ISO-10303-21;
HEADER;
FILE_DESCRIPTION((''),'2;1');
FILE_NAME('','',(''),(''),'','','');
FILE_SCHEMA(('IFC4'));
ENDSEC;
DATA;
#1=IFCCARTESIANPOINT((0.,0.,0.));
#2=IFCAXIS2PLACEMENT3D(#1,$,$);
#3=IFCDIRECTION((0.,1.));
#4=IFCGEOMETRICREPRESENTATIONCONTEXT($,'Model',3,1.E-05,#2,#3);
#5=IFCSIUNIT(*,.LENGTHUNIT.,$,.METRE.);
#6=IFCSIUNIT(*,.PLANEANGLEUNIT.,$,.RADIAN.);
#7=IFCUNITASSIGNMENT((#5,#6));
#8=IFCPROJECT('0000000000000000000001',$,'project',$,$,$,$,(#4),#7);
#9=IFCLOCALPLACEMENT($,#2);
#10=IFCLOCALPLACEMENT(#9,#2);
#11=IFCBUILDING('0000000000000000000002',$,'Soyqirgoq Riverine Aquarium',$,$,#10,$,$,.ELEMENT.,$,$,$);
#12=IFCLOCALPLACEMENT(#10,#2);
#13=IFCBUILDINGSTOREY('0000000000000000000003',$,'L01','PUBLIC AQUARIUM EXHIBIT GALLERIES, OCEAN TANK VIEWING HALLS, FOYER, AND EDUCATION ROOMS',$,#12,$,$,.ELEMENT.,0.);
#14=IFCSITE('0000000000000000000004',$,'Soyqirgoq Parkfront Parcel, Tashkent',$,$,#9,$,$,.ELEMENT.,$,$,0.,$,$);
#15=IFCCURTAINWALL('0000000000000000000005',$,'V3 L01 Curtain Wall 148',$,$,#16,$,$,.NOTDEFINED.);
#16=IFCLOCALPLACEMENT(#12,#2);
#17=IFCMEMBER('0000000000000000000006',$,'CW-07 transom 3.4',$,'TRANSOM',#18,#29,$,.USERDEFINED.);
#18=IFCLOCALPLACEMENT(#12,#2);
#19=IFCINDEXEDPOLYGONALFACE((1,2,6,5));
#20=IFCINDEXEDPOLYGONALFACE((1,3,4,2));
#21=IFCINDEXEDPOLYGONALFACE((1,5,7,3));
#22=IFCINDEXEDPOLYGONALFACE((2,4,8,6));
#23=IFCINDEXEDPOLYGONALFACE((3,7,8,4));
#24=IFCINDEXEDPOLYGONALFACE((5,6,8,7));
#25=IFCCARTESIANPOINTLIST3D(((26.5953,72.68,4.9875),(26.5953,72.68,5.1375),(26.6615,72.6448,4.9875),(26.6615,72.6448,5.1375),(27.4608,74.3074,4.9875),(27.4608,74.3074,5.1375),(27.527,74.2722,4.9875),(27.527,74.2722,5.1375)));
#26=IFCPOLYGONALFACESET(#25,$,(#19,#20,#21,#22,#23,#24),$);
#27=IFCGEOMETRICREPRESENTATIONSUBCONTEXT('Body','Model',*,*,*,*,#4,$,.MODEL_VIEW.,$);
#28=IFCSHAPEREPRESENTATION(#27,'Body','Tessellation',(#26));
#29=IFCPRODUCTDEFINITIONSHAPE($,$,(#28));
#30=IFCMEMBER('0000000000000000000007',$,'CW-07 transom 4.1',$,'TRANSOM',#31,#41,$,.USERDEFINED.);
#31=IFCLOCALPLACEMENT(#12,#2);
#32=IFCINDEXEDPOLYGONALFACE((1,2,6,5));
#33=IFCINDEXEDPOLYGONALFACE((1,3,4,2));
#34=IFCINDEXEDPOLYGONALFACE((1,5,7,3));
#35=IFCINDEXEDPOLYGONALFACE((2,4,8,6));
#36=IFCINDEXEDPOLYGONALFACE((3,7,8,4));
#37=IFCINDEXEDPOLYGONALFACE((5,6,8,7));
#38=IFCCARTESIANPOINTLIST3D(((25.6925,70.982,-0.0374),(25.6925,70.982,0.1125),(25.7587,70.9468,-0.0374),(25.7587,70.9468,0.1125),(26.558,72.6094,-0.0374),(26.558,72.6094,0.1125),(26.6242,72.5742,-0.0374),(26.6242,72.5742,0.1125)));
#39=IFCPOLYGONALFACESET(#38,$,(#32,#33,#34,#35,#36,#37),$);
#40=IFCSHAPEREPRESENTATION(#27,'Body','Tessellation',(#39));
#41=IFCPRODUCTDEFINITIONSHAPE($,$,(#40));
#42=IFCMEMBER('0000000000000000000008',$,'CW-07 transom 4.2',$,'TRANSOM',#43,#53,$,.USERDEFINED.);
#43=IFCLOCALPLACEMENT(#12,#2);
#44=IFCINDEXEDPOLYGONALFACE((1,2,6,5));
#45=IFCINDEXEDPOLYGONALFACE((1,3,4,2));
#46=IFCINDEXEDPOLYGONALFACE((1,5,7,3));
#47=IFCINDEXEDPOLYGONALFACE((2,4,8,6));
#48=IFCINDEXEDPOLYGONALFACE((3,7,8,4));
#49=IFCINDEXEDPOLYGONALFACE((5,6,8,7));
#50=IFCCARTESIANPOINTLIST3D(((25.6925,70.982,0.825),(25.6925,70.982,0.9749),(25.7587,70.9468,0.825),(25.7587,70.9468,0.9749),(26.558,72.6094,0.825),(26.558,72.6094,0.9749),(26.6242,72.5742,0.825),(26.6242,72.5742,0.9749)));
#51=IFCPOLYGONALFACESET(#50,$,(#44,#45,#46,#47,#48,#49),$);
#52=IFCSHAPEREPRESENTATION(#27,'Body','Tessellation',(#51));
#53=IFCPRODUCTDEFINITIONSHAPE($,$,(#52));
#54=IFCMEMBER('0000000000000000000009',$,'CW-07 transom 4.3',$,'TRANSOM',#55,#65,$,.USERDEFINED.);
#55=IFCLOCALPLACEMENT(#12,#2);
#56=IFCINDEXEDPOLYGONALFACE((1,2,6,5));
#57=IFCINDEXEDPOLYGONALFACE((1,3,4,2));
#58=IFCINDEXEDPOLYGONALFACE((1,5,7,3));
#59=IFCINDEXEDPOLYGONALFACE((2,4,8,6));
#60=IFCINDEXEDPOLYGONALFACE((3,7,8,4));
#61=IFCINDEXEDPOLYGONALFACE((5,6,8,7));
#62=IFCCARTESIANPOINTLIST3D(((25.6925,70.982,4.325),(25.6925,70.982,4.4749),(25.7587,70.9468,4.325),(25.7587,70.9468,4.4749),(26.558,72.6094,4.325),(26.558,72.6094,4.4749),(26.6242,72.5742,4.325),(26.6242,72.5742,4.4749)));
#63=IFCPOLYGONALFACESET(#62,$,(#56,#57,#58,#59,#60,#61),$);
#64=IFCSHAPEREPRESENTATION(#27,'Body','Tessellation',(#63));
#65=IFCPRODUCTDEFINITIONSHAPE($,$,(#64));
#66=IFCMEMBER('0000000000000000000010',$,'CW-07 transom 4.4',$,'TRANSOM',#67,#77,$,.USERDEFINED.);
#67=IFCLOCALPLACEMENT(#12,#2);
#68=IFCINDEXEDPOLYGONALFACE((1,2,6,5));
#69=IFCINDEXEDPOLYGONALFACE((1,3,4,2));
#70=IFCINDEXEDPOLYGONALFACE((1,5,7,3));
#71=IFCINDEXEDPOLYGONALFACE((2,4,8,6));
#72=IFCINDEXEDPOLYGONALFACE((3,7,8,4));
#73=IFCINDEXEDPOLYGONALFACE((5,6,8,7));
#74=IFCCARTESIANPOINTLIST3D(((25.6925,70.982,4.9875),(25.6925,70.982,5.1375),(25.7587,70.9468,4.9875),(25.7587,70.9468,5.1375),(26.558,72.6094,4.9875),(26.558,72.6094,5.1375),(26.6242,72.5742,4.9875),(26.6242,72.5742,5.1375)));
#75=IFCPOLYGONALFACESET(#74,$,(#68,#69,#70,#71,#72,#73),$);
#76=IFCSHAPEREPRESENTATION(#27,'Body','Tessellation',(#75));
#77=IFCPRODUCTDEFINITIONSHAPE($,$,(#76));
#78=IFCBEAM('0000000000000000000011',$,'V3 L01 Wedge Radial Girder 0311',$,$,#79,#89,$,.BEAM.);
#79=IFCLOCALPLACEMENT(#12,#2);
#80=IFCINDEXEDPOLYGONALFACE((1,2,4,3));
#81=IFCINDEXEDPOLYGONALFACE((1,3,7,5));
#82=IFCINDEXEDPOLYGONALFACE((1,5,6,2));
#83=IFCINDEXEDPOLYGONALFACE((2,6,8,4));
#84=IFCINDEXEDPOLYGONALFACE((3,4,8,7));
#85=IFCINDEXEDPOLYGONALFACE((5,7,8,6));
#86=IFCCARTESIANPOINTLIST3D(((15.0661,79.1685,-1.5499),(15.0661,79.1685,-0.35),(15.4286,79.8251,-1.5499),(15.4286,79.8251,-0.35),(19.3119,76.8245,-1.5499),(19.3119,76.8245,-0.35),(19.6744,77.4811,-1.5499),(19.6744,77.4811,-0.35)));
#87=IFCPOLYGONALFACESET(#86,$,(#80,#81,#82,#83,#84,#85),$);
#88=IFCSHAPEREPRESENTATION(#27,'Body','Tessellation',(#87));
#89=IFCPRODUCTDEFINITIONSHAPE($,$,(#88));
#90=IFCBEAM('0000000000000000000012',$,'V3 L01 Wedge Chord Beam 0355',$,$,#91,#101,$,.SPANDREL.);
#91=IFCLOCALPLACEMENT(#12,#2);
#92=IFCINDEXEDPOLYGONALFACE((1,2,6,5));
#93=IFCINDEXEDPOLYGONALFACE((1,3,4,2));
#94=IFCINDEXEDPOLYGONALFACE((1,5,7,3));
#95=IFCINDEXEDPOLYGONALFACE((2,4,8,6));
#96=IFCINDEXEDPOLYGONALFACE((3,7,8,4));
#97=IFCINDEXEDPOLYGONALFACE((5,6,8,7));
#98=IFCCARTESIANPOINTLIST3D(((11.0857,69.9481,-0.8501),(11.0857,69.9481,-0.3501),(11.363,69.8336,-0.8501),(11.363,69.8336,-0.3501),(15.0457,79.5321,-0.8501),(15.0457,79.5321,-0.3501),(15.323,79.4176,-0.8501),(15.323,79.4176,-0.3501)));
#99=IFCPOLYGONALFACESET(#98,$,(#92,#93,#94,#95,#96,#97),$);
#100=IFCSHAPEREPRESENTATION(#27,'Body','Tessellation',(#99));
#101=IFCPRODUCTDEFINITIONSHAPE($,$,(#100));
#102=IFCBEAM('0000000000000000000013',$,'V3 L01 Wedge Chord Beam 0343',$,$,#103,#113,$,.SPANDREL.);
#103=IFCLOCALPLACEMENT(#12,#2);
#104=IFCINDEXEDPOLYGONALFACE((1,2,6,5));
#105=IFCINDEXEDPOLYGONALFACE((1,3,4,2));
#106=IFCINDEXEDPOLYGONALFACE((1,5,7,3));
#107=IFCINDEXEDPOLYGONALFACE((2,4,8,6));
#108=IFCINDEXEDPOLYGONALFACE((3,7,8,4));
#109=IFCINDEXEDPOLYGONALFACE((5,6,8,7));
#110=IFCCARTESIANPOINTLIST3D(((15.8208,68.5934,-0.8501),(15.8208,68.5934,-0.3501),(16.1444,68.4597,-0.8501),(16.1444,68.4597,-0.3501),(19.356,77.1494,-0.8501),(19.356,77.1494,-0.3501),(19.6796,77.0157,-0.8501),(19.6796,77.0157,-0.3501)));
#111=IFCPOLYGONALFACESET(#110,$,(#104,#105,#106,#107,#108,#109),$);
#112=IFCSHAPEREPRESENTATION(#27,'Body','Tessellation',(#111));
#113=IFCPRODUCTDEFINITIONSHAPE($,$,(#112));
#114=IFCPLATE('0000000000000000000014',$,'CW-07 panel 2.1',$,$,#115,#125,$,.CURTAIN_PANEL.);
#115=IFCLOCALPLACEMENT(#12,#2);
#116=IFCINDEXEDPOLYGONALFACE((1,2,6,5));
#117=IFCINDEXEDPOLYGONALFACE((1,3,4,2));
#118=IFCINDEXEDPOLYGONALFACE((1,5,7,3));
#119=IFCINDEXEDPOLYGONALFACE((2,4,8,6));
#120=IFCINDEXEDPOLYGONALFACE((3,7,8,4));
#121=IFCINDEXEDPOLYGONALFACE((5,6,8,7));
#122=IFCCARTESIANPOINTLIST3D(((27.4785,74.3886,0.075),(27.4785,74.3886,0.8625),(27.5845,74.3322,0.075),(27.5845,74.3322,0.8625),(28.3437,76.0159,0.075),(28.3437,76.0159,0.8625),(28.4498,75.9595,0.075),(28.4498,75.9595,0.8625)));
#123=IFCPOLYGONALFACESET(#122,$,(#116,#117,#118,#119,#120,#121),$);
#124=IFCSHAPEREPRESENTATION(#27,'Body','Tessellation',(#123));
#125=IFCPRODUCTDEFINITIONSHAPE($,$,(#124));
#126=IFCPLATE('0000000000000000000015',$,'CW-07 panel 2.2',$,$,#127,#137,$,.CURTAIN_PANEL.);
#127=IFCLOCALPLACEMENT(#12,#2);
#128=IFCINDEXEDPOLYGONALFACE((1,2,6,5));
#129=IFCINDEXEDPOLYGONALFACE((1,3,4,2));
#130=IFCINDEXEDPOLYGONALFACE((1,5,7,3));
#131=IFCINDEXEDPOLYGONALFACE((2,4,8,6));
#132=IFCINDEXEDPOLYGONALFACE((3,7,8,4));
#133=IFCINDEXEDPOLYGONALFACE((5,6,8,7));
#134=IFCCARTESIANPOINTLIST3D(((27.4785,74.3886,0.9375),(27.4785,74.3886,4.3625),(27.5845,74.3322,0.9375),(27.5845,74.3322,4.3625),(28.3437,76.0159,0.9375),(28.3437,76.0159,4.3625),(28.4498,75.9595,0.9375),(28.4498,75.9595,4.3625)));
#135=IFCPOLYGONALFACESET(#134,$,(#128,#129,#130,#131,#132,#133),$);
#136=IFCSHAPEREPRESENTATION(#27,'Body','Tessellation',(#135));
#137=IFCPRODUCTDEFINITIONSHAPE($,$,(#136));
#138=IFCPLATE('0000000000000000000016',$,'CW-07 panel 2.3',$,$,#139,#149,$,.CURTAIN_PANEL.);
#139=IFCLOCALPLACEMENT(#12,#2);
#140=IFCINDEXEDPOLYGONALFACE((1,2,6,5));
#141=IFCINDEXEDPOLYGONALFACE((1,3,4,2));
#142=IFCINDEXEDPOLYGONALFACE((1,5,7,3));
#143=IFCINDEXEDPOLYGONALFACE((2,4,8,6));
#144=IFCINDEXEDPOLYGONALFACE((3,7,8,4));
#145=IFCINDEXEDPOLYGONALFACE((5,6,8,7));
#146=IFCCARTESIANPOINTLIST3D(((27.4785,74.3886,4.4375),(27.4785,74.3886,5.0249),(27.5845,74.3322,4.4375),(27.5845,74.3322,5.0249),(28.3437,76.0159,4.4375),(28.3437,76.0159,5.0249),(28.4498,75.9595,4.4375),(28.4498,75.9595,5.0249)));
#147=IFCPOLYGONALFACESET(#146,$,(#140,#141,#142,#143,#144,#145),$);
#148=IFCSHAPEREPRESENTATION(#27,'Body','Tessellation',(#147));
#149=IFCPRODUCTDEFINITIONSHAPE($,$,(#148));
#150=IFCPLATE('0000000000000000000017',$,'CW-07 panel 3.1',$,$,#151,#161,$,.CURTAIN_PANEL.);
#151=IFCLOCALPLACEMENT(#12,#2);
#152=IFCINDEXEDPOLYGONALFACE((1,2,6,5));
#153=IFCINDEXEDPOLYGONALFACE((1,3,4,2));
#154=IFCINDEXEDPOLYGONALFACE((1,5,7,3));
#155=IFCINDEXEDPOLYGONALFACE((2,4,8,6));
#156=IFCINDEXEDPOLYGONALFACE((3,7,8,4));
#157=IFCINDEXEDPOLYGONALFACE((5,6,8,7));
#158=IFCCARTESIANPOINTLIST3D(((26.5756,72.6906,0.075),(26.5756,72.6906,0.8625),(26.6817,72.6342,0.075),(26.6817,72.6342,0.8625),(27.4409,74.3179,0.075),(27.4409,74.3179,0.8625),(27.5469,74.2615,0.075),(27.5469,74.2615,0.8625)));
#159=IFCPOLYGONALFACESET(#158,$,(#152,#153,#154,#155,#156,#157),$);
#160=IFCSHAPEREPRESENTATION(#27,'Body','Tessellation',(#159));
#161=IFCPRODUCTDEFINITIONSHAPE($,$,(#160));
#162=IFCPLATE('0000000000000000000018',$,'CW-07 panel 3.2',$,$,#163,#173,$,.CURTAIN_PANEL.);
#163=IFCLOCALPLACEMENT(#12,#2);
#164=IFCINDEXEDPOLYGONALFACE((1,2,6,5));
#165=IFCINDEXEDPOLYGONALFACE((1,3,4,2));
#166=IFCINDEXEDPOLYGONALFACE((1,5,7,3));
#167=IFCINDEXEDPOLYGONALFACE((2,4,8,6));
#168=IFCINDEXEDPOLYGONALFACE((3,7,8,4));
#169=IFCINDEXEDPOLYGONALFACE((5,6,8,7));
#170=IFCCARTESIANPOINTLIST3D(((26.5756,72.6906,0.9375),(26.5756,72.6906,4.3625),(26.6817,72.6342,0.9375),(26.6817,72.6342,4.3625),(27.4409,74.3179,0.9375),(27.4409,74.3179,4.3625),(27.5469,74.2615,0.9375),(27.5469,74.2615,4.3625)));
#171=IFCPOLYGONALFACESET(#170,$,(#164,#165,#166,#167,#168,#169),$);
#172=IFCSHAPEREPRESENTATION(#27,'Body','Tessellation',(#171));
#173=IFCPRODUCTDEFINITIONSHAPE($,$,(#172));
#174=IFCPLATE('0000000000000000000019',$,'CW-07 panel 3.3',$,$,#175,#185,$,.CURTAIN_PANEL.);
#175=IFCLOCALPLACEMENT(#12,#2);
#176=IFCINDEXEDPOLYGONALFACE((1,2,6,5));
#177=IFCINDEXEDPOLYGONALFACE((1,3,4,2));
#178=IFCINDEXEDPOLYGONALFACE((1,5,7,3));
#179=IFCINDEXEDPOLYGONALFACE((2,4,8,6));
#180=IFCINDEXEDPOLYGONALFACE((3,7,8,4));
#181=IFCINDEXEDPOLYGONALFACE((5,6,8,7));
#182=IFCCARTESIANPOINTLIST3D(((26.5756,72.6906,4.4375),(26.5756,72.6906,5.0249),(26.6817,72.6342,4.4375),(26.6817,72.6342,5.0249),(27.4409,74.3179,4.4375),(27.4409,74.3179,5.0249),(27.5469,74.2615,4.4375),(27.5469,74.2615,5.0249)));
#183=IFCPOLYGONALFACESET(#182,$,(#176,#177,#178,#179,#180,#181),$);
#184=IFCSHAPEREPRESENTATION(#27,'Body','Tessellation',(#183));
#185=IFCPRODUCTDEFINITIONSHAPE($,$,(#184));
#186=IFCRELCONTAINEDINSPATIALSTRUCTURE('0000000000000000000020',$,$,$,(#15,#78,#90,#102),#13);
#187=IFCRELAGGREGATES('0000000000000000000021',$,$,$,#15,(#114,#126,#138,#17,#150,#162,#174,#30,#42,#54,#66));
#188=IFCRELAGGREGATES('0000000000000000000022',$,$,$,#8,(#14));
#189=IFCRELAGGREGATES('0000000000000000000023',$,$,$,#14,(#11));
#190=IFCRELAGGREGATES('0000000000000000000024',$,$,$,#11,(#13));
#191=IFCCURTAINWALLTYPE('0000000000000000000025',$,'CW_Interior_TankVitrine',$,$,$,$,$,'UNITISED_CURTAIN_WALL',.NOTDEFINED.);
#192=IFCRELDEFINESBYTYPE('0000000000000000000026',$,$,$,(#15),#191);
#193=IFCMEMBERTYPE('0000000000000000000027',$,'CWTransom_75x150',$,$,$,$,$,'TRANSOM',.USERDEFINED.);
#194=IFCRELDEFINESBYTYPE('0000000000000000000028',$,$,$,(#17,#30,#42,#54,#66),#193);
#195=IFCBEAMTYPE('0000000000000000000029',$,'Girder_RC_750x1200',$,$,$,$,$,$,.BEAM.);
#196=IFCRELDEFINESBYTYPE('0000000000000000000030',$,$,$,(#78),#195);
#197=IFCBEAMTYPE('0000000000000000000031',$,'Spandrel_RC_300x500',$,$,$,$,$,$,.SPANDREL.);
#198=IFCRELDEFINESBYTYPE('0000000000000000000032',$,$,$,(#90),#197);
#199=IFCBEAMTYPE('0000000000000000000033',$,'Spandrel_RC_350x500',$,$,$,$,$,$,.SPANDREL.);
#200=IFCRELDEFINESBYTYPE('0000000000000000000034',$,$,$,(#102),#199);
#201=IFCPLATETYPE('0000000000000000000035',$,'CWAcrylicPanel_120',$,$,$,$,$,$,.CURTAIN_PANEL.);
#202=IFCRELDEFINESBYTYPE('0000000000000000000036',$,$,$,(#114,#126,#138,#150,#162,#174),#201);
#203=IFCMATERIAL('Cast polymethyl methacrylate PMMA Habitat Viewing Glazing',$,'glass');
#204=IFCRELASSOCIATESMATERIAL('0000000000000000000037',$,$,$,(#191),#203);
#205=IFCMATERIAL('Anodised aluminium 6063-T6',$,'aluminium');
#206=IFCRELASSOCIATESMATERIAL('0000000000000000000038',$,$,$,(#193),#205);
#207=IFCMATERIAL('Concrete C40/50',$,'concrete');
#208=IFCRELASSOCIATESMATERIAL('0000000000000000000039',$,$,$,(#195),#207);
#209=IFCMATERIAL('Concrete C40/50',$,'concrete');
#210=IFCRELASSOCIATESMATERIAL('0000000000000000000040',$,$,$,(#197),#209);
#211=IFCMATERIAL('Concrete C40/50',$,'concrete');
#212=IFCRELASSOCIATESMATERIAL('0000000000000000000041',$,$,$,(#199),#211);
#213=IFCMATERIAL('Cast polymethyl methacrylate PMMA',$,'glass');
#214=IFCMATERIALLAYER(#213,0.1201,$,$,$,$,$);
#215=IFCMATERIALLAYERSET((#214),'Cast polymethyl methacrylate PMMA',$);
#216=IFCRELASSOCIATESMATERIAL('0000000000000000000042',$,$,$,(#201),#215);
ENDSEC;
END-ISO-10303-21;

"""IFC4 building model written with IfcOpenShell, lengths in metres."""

from ifc_helpers import new_model, si_unit, direction, frame, origin, origin_2d, place, context, subcontext, project, spatial, rectangle, extrude, material, layer, layer_set, material_profile, profile_set, type_object, element, aggregate, save


model = new_model("IFC4")

# Units and contexts
model_context = context("Model", 3, precision=1e-05, world=origin(), true_north=direction((0.0, 1.0)))
body_context = subcontext(model_context, "Body", "Model", "MODEL_VIEW")
ifc_project = project(units=[si_unit("LENGTHUNIT", "METRE"), si_unit("PLANEANGLEUNIT", "RADIAN")], contexts=[model_context])

# Site, building, storey
site_placement = place(None, origin())
site = spatial("IfcSite", under=ifc_project, at=site_placement, Name="Soyqirgoq Parkfront Parcel, Tashkent", CompositionType="ELEMENT", RefElevation=0.0)
building_placement = place(site_placement, origin())
building = spatial("IfcBuilding", under=site, at=building_placement, Name="Soyqirgoq Riverine Aquarium", CompositionType="ELEMENT")
storey_placement = place(building_placement, origin())
storey = spatial("IfcBuildingStorey", under=building, at=storey_placement, Name="L01", Description="PUBLIC AQUARIUM EXHIBIT GALLERIES, OCEAN TANK VIEWING HALLS, FOYER, AND EDUCATION ROOMS", CompositionType="ELEMENT", Elevation=0.0)

# Curtain wall, members
ifc_material_1 = material(Name="Cast polymethyl methacrylate PMMA Habitat Viewing Glazing", Category="glass")
curtain_wall_type = type_object("IfcCurtainWallType", Name="CW_Interior_TankVitrine", ElementType="UNITISED_CURTAIN_WALL", PredefinedType="NOTDEFINED", material=ifc_material_1)
curtain_wall_placement = place(storey_placement, origin())
curtain_wall = element("IfcCurtainWall", 1, at=curtain_wall_placement, inside=storey, type_object=curtain_wall_type, Name="V3 L01 Curtain Wall 148", PredefinedType="NOTDEFINED")
ifc_material_2 = material(Name="Anodised aluminium 6063-T6", Category="aluminium")
ifc_material_profile_1 = material_profile(ifc_material_2, rectangle(XDim=0.075, YDim=0.1499, at=origin_2d()), Name="ALU-T 75x150")
ifc_profile_set_1 = profile_set([ifc_material_profile_1], Name="Anodised aluminium 6063-T6")
member_type_1 = type_object("IfcMemberType", Name="CWTransom_75x150", ElementType="TRANSOM", PredefinedType="USERDEFINED", material=ifc_profile_set_1)
member_1_placement = place(storey_placement, frame((27.4939, 74.2898, 5.0625), z_axis=(-0.469536, -0.882913, 0.0), x_axis=(0.882913, -0.469536, 0.0)))
member_1 = element("IfcMember", 2, at=member_1_placement, type_object=member_type_1, Name="CW-07 transom 3.4", ObjectType="TRANSOM", PredefinedType="USERDEFINED", context=body_context, shape_type="SweptSolid", body=[
    extrude(rectangle(XDim=0.075, YDim=0.1499, at=origin_2d()), origin(), (0.0, 0.0, 1.0), 1.8433),
])
member_2_placement = place(storey_placement, frame((26.5911, 72.5918, 0.0376), z_axis=(-0.469536, -0.882913, 0.0), x_axis=(0.882913, -0.469536, 0.0)))
member_2 = element("IfcMember", 3, at=member_2_placement, type_object=member_type_1, Name="CW-07 transom 4.1", ObjectType="TRANSOM", PredefinedType="USERDEFINED", context=body_context, shape_type="SweptSolid", body=[
    extrude(rectangle(XDim=0.075, YDim=0.1499, at=origin_2d()), origin(), (0.0, 0.0, 1.0), 1.8433),
])
member_3_placement = place(storey_placement, frame((26.5911, 72.5918, 0.8999), z_axis=(-0.469536, -0.882913, 0.0), x_axis=(0.882913, -0.469536, 0.0)))
member_3 = element("IfcMember", 4, at=member_3_placement, type_object=member_type_1, Name="CW-07 transom 4.2", ObjectType="TRANSOM", PredefinedType="USERDEFINED", context=body_context, shape_type="SweptSolid", body=[
    extrude(rectangle(XDim=0.075, YDim=0.1499, at=origin_2d()), origin(), (0.0, 0.0, 1.0), 1.8433),
])
member_4_placement = place(storey_placement, frame((26.5911, 72.5918, 4.3999), z_axis=(-0.469536, -0.882913, 0.0), x_axis=(0.882913, -0.469536, 0.0)))
member_4 = element("IfcMember", 5, at=member_4_placement, type_object=member_type_1, Name="CW-07 transom 4.3", ObjectType="TRANSOM", PredefinedType="USERDEFINED", context=body_context, shape_type="SweptSolid", body=[
    extrude(rectangle(XDim=0.075, YDim=0.1499, at=origin_2d()), origin(), (0.0, 0.0, 1.0), 1.8433),
])
member_5_placement = place(storey_placement, frame((26.5911, 72.5918, 5.0625), z_axis=(-0.469536, -0.882913, 0.0), x_axis=(0.882913, -0.469536, 0.0)))
member_5 = element("IfcMember", 6, at=member_5_placement, type_object=member_type_1, Name="CW-07 transom 4.4", ObjectType="TRANSOM", PredefinedType="USERDEFINED", context=body_context, shape_type="SweptSolid", body=[
    extrude(rectangle(XDim=0.075, YDim=0.1499, at=origin_2d()), origin(), (0.0, 0.0, 1.0), 1.8433),
])

# Beams
ifc_material_3 = material(Name="Concrete C40/50", Category="concrete")
ifc_material_profile_2 = material_profile(ifc_material_3, rectangle(XDim=0.75, YDim=1.2, at=origin_2d()), Name="RC 750x1200")
ifc_profile_set_2 = profile_set([ifc_material_profile_2], Name="Concrete C40/50")
beam_type_1 = type_object("IfcBeamType", Name="Girder_RC_750x1200", PredefinedType="BEAM", material=ifc_profile_set_2)
beam_1_placement = place(storey_placement, frame((19.4932, 77.1528, -0.95), z_axis=(-0.875451, 0.483308, 0.0), x_axis=(-0.483308, -0.875451, 0.0)))
element("IfcBeam", 7, at=beam_1_placement, inside=storey, type_object=beam_type_1, Name="V3 L01 Wedge Radial Girder 0311", PredefinedType="BEAM", context=body_context, shape_type="SweptSolid", body=[
    extrude(rectangle(XDim=0.75, YDim=1.2, at=origin_2d()), origin(), (0.0, 0.0, 1.0), 4.8499),
])
ifc_material_4 = material(Name="Concrete C40/50", Category="concrete")
ifc_material_profile_3 = material_profile(ifc_material_4, rectangle(XDim=0.3, YDim=0.5, at=origin_2d()), Name="RC 300x500")
ifc_profile_set_3 = profile_set([ifc_material_profile_3], Name="Concrete C40/50")
beam_type_2 = type_object("IfcBeamType", Name="Spandrel_RC_300x500", PredefinedType="SPANDREL", material=ifc_profile_set_3)
beam_2_placement = place(storey_placement, frame((15.1843, 79.4749, -0.6001), z_axis=(-0.381872, -0.924215, 0.0), x_axis=(0.924215, -0.381872, 0.0)))
element("IfcBeam", 8, at=beam_2_placement, inside=storey, type_object=beam_type_2, Name="V3 L01 Wedge Chord Beam 0355", PredefinedType="SPANDREL", context=body_context, shape_type="SweptSolid", body=[
    extrude(rectangle(XDim=0.3, YDim=0.5, at=origin_2d()), origin(), (0.0, 0.0, 1.0), 10.3699),
])
ifc_material_5 = material(Name="Concrete C40/50", Category="concrete")
ifc_material_profile_4 = material_profile(ifc_material_5, rectangle(XDim=0.3501, YDim=0.5, at=origin_2d()), Name="RC 350x500")
ifc_profile_set_4 = profile_set([ifc_material_profile_4], Name="Concrete C40/50")
beam_type_3 = type_object("IfcBeamType", Name="Spandrel_RC_350x500", PredefinedType="SPANDREL", material=ifc_profile_set_4)
beam_3_placement = place(storey_placement, frame((19.5178, 77.0825, -0.6001), z_axis=(-0.38187, -0.924216, 0.0), x_axis=(0.924216, -0.38187, 0.0)))
element("IfcBeam", 9, at=beam_3_placement, inside=storey, type_object=beam_type_3, Name="V3 L01 Wedge Chord Beam 0343", PredefinedType="SPANDREL", context=body_context, shape_type="SweptSolid", body=[
    extrude(rectangle(XDim=0.3501, YDim=0.5, at=origin_2d()), origin(), (0.0, 0.0, 1.0), 9.2576),
])

# Plates
ifc_material_6 = material(Name="Cast polymethyl methacrylate PMMA", Category="glass")
ifc_layer_1 = layer(ifc_material_6, 0.1201)
ifc_layer_set_1 = layer_set([ifc_layer_1], Name="Cast polymethyl methacrylate PMMA")
plate_type = type_object("IfcPlateType", Name="CWAcrylicPanel_120", PredefinedType="CURTAIN_PANEL", material=ifc_layer_set_1)
plate_1_placement = place(storey_placement, frame((27.9641, 75.1741, 0.075), z_axis=(0.0, 0.0, 1.0), x_axis=(-0.469475, -0.882946, 0.0)))
plate_1 = element("IfcPlate", 10, at=plate_1_placement, type_object=plate_type, Name="CW-07 panel 2.1", PredefinedType="CURTAIN_PANEL", context=body_context, shape_type="SweptSolid", body=[
    extrude(rectangle(XDim=1.843, YDim=0.1201, at=origin_2d()), origin(), (0.0, 0.0, 1.0), 0.7876),
])
plate_2_placement = place(storey_placement, frame((27.9641, 75.1741, 0.9375), z_axis=(0.0, 0.0, 1.0), x_axis=(-0.469475, -0.882946, 0.0)))
plate_2 = element("IfcPlate", 11, at=plate_2_placement, type_object=plate_type, Name="CW-07 panel 2.2", PredefinedType="CURTAIN_PANEL", context=body_context, shape_type="SweptSolid", body=[
    extrude(rectangle(XDim=1.843, YDim=0.1201, at=origin_2d()), origin(), (0.0, 0.0, 1.0), 3.425),
])
plate_3_placement = place(storey_placement, frame((27.9641, 75.1741, 4.4375), z_axis=(0.0, 0.0, 1.0), x_axis=(-0.469475, -0.882946, 0.0)))
plate_3 = element("IfcPlate", 12, at=plate_3_placement, type_object=plate_type, Name="CW-07 panel 2.3", PredefinedType="CURTAIN_PANEL", context=body_context, shape_type="SweptSolid", body=[
    extrude(rectangle(XDim=1.843, YDim=0.1201, at=origin_2d()), origin(), (0.0, 0.0, 1.0), 0.5874),
])
plate_4_placement = place(storey_placement, frame((27.0613, 73.4761, 0.075), z_axis=(0.0, 0.0, 1.0), x_axis=(-0.469475, -0.882946, 0.0)))
plate_4 = element("IfcPlate", 13, at=plate_4_placement, type_object=plate_type, Name="CW-07 panel 3.1", PredefinedType="CURTAIN_PANEL", context=body_context, shape_type="SweptSolid", body=[
    extrude(rectangle(XDim=1.843, YDim=0.1201, at=origin_2d()), origin(), (0.0, 0.0, 1.0), 0.7876),
])
plate_5_placement = place(storey_placement, frame((27.0613, 73.4761, 0.9375), z_axis=(0.0, 0.0, 1.0), x_axis=(-0.469475, -0.882946, 0.0)))
plate_5 = element("IfcPlate", 14, at=plate_5_placement, type_object=plate_type, Name="CW-07 panel 3.2", PredefinedType="CURTAIN_PANEL", context=body_context, shape_type="SweptSolid", body=[
    extrude(rectangle(XDim=1.843, YDim=0.1201, at=origin_2d()), origin(), (0.0, 0.0, 1.0), 3.425),
])
plate_6_placement = place(storey_placement, frame((27.0613, 73.4761, 4.4375), z_axis=(0.0, 0.0, 1.0), x_axis=(-0.469475, -0.882946, 0.0)))
plate_6 = element("IfcPlate", 15, at=plate_6_placement, type_object=plate_type, Name="CW-07 panel 3.3", PredefinedType="CURTAIN_PANEL", context=body_context, shape_type="SweptSolid", body=[
    extrude(rectangle(XDim=1.843, YDim=0.1201, at=origin_2d()), origin(), (0.0, 0.0, 1.0), 0.5874),
])
aggregate(curtain_wall, [plate_1, plate_2, plate_3, member_1, plate_4, plate_5, plate_6, member_2, member_3, member_4, member_5])

save(model, "model.ifc")
